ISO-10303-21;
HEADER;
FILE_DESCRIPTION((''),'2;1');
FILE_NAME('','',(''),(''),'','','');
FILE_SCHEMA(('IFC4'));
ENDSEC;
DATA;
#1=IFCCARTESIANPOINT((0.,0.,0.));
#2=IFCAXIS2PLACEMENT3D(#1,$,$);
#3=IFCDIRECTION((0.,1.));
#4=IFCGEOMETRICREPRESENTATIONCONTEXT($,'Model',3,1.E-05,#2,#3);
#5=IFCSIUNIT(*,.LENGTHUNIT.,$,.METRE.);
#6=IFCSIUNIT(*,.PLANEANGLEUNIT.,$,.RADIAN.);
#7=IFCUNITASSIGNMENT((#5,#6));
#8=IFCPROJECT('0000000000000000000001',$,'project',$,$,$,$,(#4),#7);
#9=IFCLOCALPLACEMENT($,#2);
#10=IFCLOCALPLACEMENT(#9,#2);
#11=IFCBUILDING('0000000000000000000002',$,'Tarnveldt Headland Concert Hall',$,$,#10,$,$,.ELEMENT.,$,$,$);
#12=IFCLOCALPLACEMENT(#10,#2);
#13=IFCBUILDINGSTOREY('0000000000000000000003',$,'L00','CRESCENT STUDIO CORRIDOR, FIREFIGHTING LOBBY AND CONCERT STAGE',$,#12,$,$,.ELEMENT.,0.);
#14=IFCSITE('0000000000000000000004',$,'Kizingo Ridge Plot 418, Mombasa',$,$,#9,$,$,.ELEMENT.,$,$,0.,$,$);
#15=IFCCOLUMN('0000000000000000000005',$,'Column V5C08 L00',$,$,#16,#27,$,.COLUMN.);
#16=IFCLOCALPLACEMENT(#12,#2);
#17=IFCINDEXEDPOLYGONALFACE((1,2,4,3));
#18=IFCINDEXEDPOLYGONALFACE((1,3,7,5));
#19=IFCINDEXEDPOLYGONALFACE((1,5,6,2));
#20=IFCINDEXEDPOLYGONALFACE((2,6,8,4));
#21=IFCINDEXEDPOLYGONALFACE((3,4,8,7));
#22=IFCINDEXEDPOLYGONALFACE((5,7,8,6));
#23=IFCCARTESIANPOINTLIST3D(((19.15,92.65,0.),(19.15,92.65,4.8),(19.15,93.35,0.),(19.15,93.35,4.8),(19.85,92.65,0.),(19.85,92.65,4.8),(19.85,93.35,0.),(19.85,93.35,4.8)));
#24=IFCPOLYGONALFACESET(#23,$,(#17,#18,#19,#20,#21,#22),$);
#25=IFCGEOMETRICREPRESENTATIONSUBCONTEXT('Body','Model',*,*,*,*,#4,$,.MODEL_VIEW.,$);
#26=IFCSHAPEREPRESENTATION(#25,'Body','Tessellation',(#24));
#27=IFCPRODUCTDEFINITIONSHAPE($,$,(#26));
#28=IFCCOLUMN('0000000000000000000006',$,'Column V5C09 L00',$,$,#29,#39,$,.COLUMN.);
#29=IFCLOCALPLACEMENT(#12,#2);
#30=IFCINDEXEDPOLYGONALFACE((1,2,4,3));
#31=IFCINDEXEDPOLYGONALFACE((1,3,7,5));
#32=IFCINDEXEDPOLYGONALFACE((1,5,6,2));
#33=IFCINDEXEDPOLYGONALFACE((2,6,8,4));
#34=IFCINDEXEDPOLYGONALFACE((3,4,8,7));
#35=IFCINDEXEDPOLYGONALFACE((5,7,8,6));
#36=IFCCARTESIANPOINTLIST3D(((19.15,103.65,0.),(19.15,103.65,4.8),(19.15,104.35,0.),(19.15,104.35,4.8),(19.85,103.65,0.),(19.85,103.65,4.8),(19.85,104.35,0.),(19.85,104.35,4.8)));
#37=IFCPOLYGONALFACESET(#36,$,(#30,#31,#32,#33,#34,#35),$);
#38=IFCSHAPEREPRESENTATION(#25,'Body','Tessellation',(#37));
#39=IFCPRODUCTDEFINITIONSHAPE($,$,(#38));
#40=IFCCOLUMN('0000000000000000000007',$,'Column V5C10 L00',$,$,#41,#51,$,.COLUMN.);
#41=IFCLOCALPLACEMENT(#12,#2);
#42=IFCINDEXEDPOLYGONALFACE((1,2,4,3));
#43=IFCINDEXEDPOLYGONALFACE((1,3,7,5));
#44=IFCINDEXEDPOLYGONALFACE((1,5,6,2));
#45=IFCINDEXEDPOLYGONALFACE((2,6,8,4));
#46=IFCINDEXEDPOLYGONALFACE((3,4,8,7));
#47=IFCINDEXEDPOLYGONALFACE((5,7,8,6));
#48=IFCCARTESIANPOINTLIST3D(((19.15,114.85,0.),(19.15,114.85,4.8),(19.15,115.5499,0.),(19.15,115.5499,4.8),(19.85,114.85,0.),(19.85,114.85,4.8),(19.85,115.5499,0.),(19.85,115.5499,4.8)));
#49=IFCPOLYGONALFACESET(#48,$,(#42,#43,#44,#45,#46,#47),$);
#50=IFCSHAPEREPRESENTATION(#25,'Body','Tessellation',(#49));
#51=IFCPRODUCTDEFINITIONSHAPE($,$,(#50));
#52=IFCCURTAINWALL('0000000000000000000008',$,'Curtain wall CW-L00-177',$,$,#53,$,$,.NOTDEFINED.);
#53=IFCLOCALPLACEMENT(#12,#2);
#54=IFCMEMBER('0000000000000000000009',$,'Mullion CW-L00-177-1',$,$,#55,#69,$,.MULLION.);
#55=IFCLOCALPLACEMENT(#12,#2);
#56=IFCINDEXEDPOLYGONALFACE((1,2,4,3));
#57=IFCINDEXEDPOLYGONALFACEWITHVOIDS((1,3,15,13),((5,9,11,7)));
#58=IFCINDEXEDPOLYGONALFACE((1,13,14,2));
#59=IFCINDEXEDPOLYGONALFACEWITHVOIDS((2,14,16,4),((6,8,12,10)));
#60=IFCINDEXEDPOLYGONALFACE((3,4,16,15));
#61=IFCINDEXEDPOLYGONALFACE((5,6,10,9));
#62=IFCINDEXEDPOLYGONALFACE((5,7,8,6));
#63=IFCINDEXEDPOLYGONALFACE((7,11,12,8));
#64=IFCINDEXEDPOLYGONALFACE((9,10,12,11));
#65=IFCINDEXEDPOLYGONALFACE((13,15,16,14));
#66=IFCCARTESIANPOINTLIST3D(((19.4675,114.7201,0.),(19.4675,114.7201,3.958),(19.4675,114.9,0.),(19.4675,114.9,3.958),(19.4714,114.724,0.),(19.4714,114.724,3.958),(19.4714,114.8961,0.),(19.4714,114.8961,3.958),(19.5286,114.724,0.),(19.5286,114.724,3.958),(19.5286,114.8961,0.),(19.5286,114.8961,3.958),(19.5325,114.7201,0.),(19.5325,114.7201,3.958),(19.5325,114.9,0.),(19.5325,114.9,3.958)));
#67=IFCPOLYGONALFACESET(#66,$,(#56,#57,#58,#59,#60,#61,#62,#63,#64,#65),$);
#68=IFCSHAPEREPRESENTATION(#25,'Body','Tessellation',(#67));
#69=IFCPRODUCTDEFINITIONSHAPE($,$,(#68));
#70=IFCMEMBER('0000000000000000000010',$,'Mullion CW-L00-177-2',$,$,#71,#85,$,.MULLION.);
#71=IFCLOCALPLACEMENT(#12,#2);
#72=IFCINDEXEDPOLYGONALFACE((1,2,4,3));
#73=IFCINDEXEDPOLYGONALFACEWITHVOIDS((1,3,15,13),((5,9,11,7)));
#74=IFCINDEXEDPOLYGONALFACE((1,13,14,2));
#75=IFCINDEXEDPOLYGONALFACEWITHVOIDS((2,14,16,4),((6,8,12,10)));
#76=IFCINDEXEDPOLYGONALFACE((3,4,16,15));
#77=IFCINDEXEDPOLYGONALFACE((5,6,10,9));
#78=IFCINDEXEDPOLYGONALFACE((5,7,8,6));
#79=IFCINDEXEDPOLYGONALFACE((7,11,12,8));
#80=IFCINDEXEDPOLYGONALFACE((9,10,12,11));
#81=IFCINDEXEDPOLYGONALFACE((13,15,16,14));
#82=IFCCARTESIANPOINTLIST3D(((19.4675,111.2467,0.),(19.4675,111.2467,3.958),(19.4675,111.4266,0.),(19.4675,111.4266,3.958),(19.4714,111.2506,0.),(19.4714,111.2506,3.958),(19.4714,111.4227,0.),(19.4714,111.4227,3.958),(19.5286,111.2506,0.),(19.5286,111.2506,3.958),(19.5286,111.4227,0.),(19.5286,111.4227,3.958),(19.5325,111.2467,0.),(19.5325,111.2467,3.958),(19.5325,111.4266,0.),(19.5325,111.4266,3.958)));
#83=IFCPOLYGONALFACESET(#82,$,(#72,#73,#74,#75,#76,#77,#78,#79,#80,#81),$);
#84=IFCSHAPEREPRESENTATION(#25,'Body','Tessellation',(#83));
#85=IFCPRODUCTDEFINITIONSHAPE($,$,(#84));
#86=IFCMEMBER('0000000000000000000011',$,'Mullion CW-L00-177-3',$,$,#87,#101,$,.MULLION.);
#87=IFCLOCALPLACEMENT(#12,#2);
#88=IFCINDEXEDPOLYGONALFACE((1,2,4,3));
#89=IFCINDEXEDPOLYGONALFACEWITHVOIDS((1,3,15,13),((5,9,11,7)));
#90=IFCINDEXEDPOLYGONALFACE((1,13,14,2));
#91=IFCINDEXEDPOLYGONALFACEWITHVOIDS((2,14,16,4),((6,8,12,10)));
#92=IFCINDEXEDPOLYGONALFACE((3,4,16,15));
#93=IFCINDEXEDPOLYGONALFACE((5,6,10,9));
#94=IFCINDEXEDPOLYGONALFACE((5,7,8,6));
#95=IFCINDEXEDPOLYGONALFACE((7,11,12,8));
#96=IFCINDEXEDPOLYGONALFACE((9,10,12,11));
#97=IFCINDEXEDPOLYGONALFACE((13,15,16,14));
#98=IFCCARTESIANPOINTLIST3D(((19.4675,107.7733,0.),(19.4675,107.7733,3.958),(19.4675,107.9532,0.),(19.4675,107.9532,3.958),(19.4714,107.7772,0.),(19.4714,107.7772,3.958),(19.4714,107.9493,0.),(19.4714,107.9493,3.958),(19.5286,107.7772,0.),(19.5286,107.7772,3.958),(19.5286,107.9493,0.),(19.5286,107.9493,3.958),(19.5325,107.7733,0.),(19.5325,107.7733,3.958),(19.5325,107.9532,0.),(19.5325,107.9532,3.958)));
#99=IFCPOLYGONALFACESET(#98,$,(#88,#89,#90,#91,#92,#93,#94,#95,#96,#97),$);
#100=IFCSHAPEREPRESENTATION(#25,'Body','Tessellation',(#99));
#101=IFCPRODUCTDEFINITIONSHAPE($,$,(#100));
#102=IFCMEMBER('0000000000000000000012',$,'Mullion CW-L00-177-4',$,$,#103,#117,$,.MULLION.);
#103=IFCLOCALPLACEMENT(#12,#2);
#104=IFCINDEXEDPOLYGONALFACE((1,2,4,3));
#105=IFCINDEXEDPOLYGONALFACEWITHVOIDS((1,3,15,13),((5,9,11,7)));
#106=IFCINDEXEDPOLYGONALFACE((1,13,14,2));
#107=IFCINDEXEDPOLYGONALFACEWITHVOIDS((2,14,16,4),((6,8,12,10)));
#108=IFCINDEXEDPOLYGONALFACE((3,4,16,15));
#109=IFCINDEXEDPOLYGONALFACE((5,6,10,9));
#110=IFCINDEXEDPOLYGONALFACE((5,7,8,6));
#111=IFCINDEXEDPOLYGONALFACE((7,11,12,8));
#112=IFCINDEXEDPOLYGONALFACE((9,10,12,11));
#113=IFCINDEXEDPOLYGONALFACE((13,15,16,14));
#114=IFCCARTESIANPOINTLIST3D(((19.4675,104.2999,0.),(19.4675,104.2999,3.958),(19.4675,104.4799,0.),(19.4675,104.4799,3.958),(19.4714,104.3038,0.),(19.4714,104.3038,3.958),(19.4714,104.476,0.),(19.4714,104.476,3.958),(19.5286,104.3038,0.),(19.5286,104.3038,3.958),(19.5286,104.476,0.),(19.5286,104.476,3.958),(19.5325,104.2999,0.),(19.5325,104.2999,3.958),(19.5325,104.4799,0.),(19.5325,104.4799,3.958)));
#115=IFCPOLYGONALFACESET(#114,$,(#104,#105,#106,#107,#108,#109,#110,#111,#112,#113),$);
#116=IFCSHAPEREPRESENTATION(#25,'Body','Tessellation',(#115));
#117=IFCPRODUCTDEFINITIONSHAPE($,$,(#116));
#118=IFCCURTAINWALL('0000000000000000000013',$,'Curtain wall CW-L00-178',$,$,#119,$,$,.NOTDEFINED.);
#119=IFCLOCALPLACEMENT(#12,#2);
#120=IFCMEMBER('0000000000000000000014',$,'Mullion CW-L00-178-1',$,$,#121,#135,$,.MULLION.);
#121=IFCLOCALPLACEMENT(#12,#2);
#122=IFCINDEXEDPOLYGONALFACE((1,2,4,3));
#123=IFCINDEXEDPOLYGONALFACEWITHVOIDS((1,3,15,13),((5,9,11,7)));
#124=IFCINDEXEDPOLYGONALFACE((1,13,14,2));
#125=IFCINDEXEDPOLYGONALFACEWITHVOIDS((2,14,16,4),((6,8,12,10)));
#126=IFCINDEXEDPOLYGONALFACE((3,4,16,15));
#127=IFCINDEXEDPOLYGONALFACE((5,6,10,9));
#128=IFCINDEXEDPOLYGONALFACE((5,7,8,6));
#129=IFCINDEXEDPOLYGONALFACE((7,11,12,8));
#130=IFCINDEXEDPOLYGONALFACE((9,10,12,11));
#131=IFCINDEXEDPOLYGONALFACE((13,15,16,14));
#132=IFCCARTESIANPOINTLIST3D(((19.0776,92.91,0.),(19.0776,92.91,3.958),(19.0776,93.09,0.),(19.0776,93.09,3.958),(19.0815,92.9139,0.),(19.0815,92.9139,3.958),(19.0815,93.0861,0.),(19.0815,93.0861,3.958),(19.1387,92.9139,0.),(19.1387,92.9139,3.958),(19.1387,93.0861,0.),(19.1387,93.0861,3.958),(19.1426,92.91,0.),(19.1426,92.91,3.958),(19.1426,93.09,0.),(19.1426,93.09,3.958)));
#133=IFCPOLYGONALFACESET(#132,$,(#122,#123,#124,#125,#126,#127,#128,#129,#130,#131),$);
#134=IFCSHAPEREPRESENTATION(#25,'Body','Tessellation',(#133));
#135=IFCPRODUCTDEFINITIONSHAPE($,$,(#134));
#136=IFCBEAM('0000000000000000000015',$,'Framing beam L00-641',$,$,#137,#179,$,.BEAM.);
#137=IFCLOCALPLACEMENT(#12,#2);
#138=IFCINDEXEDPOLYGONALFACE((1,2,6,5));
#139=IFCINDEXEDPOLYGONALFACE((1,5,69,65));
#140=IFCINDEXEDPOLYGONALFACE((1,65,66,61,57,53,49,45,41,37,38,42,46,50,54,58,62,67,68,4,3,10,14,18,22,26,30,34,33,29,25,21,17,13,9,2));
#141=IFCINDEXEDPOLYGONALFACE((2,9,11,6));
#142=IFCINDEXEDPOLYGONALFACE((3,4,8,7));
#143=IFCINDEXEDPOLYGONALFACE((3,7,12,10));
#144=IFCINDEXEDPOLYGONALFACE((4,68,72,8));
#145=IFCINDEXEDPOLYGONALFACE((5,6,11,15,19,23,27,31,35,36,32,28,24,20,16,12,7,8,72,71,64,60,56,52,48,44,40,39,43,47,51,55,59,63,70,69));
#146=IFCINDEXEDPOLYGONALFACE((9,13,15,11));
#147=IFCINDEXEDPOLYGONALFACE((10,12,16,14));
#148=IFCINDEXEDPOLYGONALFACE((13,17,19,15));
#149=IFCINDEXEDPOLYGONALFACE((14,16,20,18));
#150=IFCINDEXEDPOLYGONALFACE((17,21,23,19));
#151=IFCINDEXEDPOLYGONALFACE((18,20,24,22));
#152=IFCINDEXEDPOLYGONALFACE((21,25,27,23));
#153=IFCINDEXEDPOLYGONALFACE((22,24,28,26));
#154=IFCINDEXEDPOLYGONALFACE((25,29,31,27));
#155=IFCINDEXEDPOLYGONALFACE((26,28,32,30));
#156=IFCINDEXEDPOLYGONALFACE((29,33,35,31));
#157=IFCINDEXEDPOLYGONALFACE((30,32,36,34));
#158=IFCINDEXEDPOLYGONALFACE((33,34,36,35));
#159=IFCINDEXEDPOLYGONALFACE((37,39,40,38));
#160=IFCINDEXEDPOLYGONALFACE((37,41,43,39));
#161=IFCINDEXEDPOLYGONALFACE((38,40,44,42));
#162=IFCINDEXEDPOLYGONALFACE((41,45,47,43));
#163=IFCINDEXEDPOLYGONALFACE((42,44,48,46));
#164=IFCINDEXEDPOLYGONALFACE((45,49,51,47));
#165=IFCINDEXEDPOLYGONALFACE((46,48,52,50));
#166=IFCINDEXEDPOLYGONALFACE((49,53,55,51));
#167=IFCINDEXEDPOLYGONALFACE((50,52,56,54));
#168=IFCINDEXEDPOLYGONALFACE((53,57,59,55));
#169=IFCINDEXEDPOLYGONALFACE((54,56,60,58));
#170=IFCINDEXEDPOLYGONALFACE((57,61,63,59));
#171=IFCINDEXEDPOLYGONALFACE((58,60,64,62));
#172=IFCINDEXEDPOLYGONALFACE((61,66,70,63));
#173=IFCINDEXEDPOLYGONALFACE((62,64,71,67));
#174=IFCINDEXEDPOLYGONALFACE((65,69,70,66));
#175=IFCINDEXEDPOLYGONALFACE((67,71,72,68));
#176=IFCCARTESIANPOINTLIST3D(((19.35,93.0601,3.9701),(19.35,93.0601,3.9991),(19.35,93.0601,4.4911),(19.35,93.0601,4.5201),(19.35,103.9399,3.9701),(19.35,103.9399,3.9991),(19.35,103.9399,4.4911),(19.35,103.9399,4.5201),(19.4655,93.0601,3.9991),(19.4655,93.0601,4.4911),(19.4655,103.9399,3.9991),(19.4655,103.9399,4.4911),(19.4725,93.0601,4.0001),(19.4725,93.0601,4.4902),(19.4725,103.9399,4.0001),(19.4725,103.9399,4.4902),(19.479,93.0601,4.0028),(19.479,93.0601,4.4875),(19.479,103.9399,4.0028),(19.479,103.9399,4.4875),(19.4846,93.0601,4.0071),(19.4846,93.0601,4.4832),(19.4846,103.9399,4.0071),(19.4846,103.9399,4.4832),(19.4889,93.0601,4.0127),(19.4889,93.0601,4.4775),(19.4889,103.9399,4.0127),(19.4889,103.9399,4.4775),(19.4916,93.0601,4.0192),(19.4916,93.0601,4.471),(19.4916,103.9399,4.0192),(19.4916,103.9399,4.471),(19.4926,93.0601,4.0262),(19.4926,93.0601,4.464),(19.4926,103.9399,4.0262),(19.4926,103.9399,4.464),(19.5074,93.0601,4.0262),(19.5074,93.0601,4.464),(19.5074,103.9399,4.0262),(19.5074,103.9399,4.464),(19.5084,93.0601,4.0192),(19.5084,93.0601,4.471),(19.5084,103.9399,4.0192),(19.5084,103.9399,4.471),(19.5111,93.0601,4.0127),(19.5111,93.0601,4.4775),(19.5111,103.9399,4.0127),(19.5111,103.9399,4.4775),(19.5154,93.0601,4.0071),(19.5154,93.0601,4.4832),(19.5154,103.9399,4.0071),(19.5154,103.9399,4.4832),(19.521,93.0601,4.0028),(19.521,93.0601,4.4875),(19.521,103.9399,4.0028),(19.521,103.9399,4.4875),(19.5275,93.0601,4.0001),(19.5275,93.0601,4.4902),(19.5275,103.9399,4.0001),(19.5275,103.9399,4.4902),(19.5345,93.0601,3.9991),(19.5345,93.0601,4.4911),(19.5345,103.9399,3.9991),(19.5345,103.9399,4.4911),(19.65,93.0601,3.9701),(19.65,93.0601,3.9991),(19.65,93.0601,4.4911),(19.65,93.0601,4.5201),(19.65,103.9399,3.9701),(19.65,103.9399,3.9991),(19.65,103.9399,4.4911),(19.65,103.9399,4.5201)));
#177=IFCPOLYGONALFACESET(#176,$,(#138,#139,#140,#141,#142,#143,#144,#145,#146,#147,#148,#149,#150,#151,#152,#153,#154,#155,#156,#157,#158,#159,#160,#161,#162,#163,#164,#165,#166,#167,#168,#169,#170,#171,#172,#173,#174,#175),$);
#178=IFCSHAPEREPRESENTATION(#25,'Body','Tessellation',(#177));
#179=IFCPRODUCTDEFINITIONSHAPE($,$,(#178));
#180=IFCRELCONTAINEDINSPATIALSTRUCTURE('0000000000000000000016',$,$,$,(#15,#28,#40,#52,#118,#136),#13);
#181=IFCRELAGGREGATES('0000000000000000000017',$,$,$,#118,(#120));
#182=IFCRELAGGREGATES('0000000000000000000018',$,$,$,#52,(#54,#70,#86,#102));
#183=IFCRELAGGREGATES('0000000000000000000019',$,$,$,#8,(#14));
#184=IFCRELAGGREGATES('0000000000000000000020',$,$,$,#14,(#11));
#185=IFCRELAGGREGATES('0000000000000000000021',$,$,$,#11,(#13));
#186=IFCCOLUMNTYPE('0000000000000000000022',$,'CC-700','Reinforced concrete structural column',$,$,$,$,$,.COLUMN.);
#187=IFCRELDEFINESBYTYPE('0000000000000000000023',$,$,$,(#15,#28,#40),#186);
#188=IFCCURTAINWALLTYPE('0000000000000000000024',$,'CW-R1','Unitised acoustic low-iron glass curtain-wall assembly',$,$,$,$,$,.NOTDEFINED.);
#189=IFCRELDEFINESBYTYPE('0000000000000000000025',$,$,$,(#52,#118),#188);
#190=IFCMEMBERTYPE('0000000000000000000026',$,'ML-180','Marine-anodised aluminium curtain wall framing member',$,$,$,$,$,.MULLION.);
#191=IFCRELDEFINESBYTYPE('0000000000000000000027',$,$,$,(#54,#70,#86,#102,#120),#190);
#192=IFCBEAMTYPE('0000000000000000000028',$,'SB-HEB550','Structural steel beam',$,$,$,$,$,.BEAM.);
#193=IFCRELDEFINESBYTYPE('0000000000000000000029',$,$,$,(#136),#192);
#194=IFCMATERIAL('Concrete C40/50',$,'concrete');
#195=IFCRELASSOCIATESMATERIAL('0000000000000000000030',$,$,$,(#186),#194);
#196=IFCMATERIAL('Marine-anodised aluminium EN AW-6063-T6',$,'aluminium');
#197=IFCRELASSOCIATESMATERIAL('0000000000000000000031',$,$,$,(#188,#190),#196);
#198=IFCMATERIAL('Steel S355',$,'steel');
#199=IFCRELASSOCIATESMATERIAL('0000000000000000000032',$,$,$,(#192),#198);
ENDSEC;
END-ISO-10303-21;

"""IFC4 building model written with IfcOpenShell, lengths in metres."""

from ifc_helpers import new_model, si_unit, direction, frame, origin, origin_2d, place, context, subcontext, project, spatial, rectangle, hollow_rectangle, i_section, extrude, material, material_profile, profile_set, type_object, element, aggregate, save


model = new_model("IFC4")

# Units and contexts
model_context = context("Model", 3, precision=1e-05, world=origin(), true_north=direction((0.0, 1.0)))
body_context = subcontext(model_context, "Body", "Model", "MODEL_VIEW")
ifc_project = project(units=[si_unit("LENGTHUNIT", "METRE"), si_unit("PLANEANGLEUNIT", "RADIAN")], contexts=[model_context])

# Site, building, storey
site_placement = place(None, origin())
site = spatial("IfcSite", under=ifc_project, at=site_placement, Name="Kizingo Ridge Plot 418, Mombasa", CompositionType="ELEMENT", RefElevation=0.0)
building_placement = place(site_placement, origin())
building = spatial("IfcBuilding", under=site, at=building_placement, Name="Tarnveldt Headland Concert Hall", CompositionType="ELEMENT")
storey_placement = place(building_placement, origin())
storey = spatial("IfcBuildingStorey", under=building, at=storey_placement, Name="L00", Description="CRESCENT STUDIO CORRIDOR, FIREFIGHTING LOBBY AND CONCERT STAGE", CompositionType="ELEMENT", Elevation=0.0)

# Columns
ifc_material_1 = material(Name="Concrete C40/50", Category="concrete")
ifc_material_profile_1 = material_profile(ifc_material_1, rectangle(XDim=0.7, YDim=0.7, at=origin_2d()), Name="RC 700x700", Category="concrete")
ifc_profile_set_1 = profile_set([ifc_material_profile_1], Name="Concrete C40/50")
column_type = type_object("IfcColumnType", Name="CC-700", Description="Reinforced concrete structural column", PredefinedType="COLUMN", material=ifc_profile_set_1)
for number, where, z_axis, x_axis, name in (
    (1, (19.5, 93.0, 0.0), (0.0, 0.0, 1.0), (1.0, 0.0, 0.0), "Column V5C08 L00"),
    (2, (19.5, 104.0, 0.0), (0.0, 0.0, 1.0), (1.0, 0.0, 0.0), "Column V5C09 L00"),
    (3, (19.5, 115.2, 0.0), (0.0, 0.0, 1.0), (1.0, 0.0, 0.0), "Column V5C10 L00"),
):
    element("IfcColumn", number, at=place(storey_placement, frame(where, z_axis=z_axis, x_axis=x_axis)), inside=storey, type_object=column_type, Name=name, PredefinedType="COLUMN", context=body_context, shape_type="SweptSolid", body=[
        extrude(rectangle(XDim=0.7, YDim=0.7, at=origin_2d()), origin(), (0.0, 0.0, 1.0), 4.8),
    ])

# Curtain wall, members
ifc_material_2 = material(Name="Marine-anodised aluminium EN AW-6063-T6", Category="aluminium")
curtain_wall_type = type_object("IfcCurtainWallType", Name="CW-R1", Description="Unitised acoustic low-iron glass curtain-wall assembly", PredefinedType="NOTDEFINED", material=ifc_material_2)
curtain_wall_1_placement = place(storey_placement, origin())
curtain_wall_1 = element("IfcCurtainWall", 4, at=curtain_wall_1_placement, inside=storey, type_object=curtain_wall_type, Name="Curtain wall CW-L00-177", PredefinedType="NOTDEFINED")
ifc_material_profile_2 = material_profile(ifc_material_2, hollow_rectangle(XDim=0.0649, YDim=0.1799, WallThickness=0.0039, at=origin_2d()), Name="ALU MULLION 65x180x4", Category="aluminium")
ifc_profile_set_2 = profile_set([ifc_material_profile_2], Name="Marine-anodised aluminium EN AW-6063-T6")
member_type_1 = type_object("IfcMemberType", Name="ML-180", Description="Marine-anodised aluminium curtain wall framing member", PredefinedType="MULLION", material=ifc_profile_set_2)
member_1_placement = place(storey_placement, frame((19.5, 114.8101, 0.0), z_axis=(0.0, 0.0, 1.0), x_axis=(1.0, 0.0, 0.0)))
member_1 = element("IfcMember", 5, at=member_1_placement, type_object=member_type_1, Name="Mullion CW-L00-177-1", PredefinedType="MULLION", context=body_context, shape_type="SweptSolid", body=[
    extrude(hollow_rectangle(XDim=0.0649, YDim=0.1799, WallThickness=0.0039, at=origin_2d()), origin(), (0.0, 0.0, 1.0), 3.958),
])
member_2_placement = place(storey_placement, frame((19.5, 111.3367, 0.0), z_axis=(0.0, 0.0, 1.0), x_axis=(1.0, 0.0, 0.0)))
member_2 = element("IfcMember", 6, at=member_2_placement, type_object=member_type_1, Name="Mullion CW-L00-177-2", PredefinedType="MULLION", context=body_context, shape_type="SweptSolid", body=[
    extrude(hollow_rectangle(XDim=0.0649, YDim=0.1799, WallThickness=0.0039, at=origin_2d()), origin(), (0.0, 0.0, 1.0), 3.958),
])
member_3_placement = place(storey_placement, frame((19.5, 107.8633, 0.0), z_axis=(0.0, 0.0, 1.0), x_axis=(1.0, 0.0, 0.0)))
member_3 = element("IfcMember", 7, at=member_3_placement, type_object=member_type_1, Name="Mullion CW-L00-177-3", PredefinedType="MULLION", context=body_context, shape_type="SweptSolid", body=[
    extrude(hollow_rectangle(XDim=0.0649, YDim=0.1799, WallThickness=0.0039, at=origin_2d()), origin(), (0.0, 0.0, 1.0), 3.958),
])
member_4_placement = place(storey_placement, frame((19.5, 104.3899, 0.0), z_axis=(0.0, 0.0, 1.0), x_axis=(1.0, 0.0, 0.0)))
member_4 = element("IfcMember", 8, at=member_4_placement, type_object=member_type_1, Name="Mullion CW-L00-177-4", PredefinedType="MULLION", context=body_context, shape_type="SweptSolid", body=[
    extrude(hollow_rectangle(XDim=0.0649, YDim=0.1799, WallThickness=0.0039, at=origin_2d()), origin(), (0.0, 0.0, 1.0), 3.958),
])

# Curtain wall, member
curtain_wall_2_placement = place(storey_placement, origin())
curtain_wall_2 = element("IfcCurtainWall", 9, at=curtain_wall_2_placement, inside=storey, type_object=curtain_wall_type, Name="Curtain wall CW-L00-178", PredefinedType="NOTDEFINED")
member_5_placement = place(storey_placement, frame((19.1101, 93.0, 0.0), z_axis=(0.0, 0.0, 1.0), x_axis=(1.0, 0.0, 0.0)))
member_5 = element("IfcMember", 10, at=member_5_placement, type_object=member_type_1, Name="Mullion CW-L00-178-1", PredefinedType="MULLION", context=body_context, shape_type="SweptSolid", body=[
    extrude(hollow_rectangle(XDim=0.0649, YDim=0.1799, WallThickness=0.0039, at=origin_2d()), origin(), (0.0, 0.0, 1.0), 3.958),
])

# Beam
ifc_material_3 = material(Name="Steel S355", Category="steel")
ifc_material_profile_3 = material_profile(ifc_material_3, i_section(OverallWidth=0.3, OverallDepth=0.55, WebThickness=0.0149, FlangeThickness=0.0291, FilletRadius=0.0271, at=origin_2d()), Name="HEB550", Category="steel")
ifc_profile_set_3 = profile_set([ifc_material_profile_3], Name="Steel S355")
beam_type = type_object("IfcBeamType", Name="SB-HEB550", Description="Structural steel beam", PredefinedType="BEAM", material=ifc_profile_set_3)
beam_1_placement = place(storey_placement, frame((19.5, 93.0601, 4.2451), z_axis=(0.0, 1.0, 0.0), x_axis=(-1.0, 0.0, 0.0)))
element("IfcBeam", 11, at=beam_1_placement, inside=storey, type_object=beam_type, Name="Framing beam L00-641", PredefinedType="BEAM", context=body_context, shape_type="SweptSolid", body=[
    extrude(i_section(OverallWidth=0.3, OverallDepth=0.55, WebThickness=0.0149, FlangeThickness=0.0291, FilletRadius=0.0271, at=origin_2d()), origin(), (0.0, 0.0, 1.0), 10.8799),
])

aggregate(curtain_wall_2, [member_5])

aggregate(curtain_wall_1, [member_1, member_2, member_3, member_4])

save(model, "model.ifc")
